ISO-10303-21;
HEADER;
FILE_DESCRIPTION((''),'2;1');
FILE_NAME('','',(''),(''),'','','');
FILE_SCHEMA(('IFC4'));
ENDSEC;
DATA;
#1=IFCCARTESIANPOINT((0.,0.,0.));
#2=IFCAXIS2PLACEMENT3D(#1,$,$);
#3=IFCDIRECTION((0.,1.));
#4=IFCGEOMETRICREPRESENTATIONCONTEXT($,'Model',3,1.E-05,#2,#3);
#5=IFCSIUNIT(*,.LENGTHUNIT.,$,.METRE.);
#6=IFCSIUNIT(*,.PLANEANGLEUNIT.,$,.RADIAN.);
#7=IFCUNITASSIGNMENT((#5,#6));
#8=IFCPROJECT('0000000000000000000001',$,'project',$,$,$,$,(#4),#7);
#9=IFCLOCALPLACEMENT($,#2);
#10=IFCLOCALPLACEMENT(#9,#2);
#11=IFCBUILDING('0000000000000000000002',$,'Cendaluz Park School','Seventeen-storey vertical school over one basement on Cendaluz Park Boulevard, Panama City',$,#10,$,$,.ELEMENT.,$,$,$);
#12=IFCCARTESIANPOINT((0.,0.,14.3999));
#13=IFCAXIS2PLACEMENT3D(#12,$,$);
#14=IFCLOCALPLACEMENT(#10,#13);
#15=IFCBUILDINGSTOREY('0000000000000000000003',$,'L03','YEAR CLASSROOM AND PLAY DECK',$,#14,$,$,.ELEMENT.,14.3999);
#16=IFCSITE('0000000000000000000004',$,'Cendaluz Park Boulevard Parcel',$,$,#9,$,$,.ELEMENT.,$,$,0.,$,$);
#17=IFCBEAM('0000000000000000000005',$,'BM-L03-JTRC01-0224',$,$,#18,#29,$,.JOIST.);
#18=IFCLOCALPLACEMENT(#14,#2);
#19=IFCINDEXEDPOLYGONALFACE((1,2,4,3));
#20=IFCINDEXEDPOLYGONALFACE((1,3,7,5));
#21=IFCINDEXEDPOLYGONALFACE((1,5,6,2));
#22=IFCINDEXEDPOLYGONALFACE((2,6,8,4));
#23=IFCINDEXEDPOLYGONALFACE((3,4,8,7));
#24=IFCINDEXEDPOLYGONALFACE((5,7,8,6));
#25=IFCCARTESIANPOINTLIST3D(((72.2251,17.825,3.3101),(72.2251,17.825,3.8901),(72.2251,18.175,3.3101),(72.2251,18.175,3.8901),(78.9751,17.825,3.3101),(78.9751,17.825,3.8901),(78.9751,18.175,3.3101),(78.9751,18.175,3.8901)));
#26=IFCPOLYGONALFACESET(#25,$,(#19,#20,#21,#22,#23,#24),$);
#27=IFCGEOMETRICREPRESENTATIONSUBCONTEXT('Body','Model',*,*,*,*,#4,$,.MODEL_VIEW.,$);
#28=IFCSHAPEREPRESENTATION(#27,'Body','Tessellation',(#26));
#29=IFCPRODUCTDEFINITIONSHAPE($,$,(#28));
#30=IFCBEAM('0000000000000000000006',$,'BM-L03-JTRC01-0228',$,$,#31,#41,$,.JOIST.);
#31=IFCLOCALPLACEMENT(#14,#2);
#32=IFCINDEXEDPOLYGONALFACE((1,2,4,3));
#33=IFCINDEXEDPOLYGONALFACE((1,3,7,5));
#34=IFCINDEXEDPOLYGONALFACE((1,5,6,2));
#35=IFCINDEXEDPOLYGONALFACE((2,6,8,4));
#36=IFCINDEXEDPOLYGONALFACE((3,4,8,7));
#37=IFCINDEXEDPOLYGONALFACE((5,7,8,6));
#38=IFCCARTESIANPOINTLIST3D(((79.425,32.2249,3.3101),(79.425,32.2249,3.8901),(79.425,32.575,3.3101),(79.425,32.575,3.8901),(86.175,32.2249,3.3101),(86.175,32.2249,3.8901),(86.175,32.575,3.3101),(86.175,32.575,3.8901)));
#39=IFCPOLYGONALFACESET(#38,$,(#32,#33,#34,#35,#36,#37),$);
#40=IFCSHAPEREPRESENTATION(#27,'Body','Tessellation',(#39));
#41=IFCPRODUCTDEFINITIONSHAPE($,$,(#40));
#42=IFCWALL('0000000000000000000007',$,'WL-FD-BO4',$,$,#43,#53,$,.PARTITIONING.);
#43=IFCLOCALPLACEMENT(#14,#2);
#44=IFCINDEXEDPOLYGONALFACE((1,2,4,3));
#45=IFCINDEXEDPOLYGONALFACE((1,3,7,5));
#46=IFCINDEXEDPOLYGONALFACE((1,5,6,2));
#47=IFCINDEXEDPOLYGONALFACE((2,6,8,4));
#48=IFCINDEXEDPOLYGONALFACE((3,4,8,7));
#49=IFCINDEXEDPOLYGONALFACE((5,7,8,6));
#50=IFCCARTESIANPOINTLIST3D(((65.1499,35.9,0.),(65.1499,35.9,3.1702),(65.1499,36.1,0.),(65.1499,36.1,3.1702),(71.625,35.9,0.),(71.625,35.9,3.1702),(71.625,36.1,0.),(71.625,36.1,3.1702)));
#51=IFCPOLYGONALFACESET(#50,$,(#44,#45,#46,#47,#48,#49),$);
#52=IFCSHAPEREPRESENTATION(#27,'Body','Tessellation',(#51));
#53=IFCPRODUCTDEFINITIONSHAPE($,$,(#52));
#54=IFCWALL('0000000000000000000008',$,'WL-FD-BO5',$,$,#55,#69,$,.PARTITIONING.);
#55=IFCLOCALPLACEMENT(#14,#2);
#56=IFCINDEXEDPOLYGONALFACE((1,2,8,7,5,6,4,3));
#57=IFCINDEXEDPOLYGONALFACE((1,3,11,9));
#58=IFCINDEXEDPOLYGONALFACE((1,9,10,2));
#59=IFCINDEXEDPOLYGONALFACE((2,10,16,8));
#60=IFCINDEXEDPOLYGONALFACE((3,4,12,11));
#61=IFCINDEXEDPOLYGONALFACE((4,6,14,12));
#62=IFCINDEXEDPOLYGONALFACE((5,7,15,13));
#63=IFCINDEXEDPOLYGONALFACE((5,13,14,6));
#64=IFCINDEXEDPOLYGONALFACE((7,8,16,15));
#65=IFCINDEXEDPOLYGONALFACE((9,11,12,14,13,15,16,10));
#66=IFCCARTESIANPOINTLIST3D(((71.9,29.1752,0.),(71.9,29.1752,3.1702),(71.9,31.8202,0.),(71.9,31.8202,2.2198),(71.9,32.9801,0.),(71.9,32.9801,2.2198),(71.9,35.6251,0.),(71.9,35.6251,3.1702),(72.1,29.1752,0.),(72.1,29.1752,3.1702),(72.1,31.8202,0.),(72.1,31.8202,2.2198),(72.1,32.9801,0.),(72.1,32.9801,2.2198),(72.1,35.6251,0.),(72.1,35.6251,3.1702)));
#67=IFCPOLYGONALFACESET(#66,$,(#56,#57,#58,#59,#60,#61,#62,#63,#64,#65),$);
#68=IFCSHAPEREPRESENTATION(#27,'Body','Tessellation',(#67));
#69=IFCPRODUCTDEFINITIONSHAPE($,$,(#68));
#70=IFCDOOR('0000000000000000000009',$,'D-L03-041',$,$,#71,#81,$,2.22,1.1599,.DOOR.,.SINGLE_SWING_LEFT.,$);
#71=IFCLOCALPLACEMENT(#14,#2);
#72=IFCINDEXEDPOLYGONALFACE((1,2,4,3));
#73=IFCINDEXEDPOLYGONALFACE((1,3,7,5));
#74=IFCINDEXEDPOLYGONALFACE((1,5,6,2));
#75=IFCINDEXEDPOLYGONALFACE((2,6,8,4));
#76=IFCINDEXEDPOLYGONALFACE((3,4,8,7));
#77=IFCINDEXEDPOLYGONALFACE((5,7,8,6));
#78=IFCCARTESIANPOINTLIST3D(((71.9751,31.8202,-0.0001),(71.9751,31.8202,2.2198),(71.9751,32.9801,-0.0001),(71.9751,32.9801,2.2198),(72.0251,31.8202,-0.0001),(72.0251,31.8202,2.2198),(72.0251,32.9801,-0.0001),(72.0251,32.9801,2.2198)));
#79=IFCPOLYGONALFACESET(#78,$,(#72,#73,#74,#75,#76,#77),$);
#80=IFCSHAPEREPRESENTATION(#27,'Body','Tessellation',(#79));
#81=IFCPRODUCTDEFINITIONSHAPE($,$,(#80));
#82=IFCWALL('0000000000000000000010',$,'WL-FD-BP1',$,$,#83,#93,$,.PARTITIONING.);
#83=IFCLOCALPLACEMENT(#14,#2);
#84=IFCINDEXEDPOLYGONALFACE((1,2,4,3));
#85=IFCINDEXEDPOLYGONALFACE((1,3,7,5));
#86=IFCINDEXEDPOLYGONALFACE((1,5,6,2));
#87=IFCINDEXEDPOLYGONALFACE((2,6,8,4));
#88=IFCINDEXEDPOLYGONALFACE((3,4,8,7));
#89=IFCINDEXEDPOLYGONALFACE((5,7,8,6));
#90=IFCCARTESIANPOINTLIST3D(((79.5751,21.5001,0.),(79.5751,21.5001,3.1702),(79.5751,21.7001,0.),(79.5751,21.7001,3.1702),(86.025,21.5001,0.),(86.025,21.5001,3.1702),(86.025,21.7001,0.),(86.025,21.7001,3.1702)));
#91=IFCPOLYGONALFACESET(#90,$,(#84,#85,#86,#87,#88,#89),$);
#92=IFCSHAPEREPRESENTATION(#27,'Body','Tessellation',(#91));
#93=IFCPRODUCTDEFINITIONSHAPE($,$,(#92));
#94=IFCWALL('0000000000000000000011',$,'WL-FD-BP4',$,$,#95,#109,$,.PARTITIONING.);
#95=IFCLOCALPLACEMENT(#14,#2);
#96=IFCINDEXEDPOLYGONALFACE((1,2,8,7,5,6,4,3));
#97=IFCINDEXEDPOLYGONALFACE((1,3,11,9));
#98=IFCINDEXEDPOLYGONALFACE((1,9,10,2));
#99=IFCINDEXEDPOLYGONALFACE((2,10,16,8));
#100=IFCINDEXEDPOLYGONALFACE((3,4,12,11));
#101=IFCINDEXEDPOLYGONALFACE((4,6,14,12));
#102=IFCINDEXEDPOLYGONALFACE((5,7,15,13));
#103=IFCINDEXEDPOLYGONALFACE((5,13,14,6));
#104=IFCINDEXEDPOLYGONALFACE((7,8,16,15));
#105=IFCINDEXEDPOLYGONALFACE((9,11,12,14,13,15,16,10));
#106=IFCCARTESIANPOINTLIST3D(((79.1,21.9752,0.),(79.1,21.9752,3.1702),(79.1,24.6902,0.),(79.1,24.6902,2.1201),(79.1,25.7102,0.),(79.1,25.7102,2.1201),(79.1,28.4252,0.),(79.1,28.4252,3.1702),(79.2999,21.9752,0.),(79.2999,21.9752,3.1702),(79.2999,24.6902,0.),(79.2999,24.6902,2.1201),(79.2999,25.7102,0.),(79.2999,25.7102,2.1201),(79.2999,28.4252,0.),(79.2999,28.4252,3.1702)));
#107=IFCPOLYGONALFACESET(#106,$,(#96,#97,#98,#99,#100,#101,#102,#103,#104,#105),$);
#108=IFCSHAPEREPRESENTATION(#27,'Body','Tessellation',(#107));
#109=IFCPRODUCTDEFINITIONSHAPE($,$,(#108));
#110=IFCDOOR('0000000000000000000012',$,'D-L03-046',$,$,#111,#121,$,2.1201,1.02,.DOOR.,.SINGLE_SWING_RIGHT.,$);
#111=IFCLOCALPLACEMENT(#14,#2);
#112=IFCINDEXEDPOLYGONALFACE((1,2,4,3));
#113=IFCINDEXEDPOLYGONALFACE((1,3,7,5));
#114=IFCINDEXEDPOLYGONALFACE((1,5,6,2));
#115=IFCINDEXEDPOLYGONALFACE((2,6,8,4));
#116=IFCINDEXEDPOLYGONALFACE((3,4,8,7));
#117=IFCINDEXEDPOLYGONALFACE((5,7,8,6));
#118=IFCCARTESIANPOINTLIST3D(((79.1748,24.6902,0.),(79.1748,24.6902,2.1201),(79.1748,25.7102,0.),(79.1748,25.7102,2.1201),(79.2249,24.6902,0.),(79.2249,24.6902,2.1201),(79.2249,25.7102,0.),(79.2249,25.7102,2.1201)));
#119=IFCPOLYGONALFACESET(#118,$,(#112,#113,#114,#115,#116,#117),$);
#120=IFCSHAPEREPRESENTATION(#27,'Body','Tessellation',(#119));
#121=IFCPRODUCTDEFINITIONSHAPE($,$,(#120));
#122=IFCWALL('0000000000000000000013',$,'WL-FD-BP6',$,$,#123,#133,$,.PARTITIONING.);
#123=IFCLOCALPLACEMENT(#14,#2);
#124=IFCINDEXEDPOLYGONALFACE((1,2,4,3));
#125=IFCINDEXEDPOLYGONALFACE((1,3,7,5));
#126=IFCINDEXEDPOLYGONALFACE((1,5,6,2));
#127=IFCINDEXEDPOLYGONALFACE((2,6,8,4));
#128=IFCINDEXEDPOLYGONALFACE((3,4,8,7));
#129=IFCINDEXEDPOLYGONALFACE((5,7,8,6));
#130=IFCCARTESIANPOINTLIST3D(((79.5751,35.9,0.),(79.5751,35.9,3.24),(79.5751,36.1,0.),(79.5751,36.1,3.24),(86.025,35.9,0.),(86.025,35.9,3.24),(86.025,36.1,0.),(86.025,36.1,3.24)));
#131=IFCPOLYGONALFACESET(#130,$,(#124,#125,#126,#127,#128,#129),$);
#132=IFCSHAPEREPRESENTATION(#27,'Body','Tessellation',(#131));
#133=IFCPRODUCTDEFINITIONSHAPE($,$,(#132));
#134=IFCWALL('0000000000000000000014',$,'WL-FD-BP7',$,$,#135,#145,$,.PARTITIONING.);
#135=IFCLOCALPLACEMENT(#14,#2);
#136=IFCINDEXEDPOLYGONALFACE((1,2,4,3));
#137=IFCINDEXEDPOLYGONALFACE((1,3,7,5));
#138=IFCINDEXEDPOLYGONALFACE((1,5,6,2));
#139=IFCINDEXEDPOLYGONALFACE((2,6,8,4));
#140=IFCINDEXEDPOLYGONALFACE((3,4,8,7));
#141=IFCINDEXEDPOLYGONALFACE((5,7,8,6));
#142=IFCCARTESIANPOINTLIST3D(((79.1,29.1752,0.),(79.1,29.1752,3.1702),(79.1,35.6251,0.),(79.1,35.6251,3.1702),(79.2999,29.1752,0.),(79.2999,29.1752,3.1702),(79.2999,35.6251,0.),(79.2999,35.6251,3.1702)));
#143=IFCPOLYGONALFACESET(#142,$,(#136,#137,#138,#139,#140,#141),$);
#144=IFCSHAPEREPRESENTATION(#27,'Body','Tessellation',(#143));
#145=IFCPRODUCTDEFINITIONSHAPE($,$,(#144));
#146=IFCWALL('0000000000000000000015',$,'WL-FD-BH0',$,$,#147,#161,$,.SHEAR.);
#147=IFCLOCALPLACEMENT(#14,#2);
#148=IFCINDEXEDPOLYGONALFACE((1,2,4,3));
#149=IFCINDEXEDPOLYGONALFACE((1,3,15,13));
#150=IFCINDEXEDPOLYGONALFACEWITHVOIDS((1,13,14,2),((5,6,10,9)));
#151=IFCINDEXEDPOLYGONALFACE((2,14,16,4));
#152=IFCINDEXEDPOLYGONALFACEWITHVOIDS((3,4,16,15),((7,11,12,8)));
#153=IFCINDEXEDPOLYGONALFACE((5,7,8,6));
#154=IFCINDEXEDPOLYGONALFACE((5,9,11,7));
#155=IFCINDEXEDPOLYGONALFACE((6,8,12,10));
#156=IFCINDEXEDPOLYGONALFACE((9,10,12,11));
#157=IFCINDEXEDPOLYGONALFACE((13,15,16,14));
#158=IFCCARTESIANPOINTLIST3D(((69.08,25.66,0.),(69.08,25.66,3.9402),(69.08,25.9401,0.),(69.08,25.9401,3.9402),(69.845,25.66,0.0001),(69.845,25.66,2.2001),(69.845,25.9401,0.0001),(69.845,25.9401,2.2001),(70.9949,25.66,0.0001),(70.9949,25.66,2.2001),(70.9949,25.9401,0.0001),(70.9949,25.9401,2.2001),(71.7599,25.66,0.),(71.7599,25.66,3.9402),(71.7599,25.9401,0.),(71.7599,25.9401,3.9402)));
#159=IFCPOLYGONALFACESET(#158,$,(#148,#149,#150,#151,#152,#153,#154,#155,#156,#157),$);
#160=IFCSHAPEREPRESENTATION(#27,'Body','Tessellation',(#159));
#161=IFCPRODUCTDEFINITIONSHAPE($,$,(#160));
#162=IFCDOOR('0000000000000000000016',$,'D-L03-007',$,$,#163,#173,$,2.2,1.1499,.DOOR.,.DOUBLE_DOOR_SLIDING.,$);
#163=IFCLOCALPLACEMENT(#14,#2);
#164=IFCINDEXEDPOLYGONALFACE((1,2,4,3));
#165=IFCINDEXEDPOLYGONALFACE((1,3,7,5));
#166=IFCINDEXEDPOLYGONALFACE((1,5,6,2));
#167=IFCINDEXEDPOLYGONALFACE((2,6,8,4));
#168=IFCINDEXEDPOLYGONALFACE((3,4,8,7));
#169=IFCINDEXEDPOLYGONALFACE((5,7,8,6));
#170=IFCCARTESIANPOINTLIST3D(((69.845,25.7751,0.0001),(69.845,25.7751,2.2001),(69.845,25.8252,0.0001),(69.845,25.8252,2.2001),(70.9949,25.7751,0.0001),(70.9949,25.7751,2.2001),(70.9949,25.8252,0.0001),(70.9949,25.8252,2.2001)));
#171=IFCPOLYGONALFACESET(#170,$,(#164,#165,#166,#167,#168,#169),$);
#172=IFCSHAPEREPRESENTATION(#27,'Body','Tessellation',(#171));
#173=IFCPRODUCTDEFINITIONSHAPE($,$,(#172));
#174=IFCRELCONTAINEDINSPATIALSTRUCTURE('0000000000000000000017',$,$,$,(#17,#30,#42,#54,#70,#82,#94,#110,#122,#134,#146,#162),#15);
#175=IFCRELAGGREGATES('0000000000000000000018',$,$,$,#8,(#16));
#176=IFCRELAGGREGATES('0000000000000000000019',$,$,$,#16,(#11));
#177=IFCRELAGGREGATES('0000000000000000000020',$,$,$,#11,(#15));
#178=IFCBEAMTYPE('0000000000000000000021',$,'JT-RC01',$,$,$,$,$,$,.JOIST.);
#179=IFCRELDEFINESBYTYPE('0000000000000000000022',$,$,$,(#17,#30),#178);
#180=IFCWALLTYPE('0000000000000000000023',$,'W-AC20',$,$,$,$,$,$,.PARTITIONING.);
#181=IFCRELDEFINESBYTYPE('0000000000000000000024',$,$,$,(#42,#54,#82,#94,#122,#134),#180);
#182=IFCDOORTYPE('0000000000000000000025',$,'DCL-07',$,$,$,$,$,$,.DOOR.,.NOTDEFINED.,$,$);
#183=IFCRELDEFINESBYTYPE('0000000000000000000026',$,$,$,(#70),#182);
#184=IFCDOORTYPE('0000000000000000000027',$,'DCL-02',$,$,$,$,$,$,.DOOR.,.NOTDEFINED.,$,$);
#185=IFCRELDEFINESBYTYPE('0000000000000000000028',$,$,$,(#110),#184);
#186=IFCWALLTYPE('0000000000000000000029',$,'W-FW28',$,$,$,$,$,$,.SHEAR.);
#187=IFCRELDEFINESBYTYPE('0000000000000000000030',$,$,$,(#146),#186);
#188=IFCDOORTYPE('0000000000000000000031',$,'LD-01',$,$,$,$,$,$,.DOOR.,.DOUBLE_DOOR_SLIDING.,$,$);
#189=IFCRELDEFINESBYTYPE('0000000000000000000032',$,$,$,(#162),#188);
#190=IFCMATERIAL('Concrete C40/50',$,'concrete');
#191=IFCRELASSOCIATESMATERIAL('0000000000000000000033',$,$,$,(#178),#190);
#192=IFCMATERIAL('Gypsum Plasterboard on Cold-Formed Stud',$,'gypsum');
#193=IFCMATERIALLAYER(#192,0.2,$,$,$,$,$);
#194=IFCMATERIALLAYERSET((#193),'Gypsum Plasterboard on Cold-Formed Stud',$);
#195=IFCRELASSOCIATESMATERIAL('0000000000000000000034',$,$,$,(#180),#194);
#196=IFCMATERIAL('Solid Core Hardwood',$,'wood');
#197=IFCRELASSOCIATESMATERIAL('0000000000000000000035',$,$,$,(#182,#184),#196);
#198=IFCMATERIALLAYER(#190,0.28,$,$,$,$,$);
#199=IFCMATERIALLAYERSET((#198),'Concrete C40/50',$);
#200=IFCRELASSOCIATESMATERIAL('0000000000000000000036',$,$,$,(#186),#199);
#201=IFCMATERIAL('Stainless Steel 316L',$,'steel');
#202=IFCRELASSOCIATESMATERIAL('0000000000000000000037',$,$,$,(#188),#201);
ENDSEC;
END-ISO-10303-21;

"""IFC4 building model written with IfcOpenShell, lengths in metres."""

from ifc_helpers import new_model, si_unit, direction, frame, frame_2d, origin, origin_2d, place, context, subcontext, project, spatial, rectangle, extrude, material, layer, layer_set, material_profile, profile_set, type_object, element, fill, save


model = new_model("IFC4")

# Units and contexts
model_context = context("Model", 3, precision=1e-05, world=origin(), true_north=direction((0.0, 1.0)))
body_context = subcontext(model_context, "Body", "Model", "MODEL_VIEW")
ifc_project = project(units=[si_unit("LENGTHUNIT", "METRE"), si_unit("PLANEANGLEUNIT", "RADIAN")], contexts=[model_context])

# Site, building, storey
site_placement = place(None, origin())
site = spatial("IfcSite", under=ifc_project, at=site_placement, Name="Cendaluz Park Boulevard Parcel", CompositionType="ELEMENT", RefElevation=0.0)
building_placement = place(site_placement, origin())
building = spatial("IfcBuilding", under=site, at=building_placement, Name="Cendaluz Park School", Description="Seventeen-storey vertical school over one basement on Cendaluz Park Boulevard, Panama City", CompositionType="ELEMENT")
storey_placement = place(building_placement, frame((0.0, 0.0, 14.3999)))
storey = spatial("IfcBuildingStorey", under=building, at=storey_placement, Name="L03", Description="YEAR CLASSROOM AND PLAY DECK", CompositionType="ELEMENT", Elevation=14.3999)

# Shared definitions
ifc_material_1 = material(Name="Concrete C40/50", Category="concrete")

# Beams
ifc_material_profile_1 = material_profile(ifc_material_1, rectangle(XDim=0.3501, YDim=0.5801, at=origin_2d()), Name="RC 350x580", Category="concrete")
ifc_profile_set_1 = profile_set([ifc_material_profile_1], Name="Concrete C40/50")
beam_type_1 = type_object("IfcBeamType", Name="JT-RC01", PredefinedType="JOIST", material=ifc_profile_set_1)
for number, where, z_axis, x_axis, name in (
    (1, (72.2251, 18.0, 3.6001), (1.0, 0.0, 0.0), (0.0, 1.0, 0.0), "BM-L03-JTRC01-0224"),
    (2, (79.425, 32.3999, 3.6001), (1.0, 0.0, 0.0), (0.0, 1.0, 0.0), "BM-L03-JTRC01-0228"),
):
    element("IfcBeam", number, at=place(storey_placement, frame(where, z_axis=z_axis, x_axis=x_axis)), inside=storey, type_object=beam_type_1, Name=name, PredefinedType="JOIST", context=body_context, shape_type="SweptSolid", body=[
        extrude(rectangle(XDim=0.3501, YDim=0.5801, at=origin_2d()), origin(), (0.0, 0.0, 1.0), 6.75),
    ])

# Wall
ifc_material_2 = material(Name="Gypsum Plasterboard on Cold-Formed Stud", Category="gypsum")
ifc_layer_1 = layer(ifc_material_2, 0.2)
ifc_layer_set_1 = layer_set([ifc_layer_1], Name="Gypsum Plasterboard on Cold-Formed Stud")
wall_type_1 = type_object("IfcWallType", Name="W-AC20", PredefinedType="PARTITIONING", material=ifc_layer_set_1)
wall_1_placement = place(storey_placement, frame((65.1499, 36.0, 0.0), z_axis=(0.0, 0.0, 1.0), x_axis=(1.0, 0.0, 0.0)))
element("IfcWall", 3, at=wall_1_placement, inside=storey, type_object=wall_type_1, Name="WL-FD-BO4", PredefinedType="PARTITIONING", context=body_context, shape_type="SweptSolid", body=[
    extrude(rectangle(XDim=6.4751, YDim=0.2, at=frame_2d((3.2375, 0.0))), origin(), (0.0, 0.0, 1.0), 3.1702),
])

# Wall, opening, door
wall_2_placement = place(storey_placement, frame((72.0, 29.175, 0.0), z_axis=(0.0, 0.0, 1.0), x_axis=(0.0, 1.0, 0.0)))
wall_2 = element("IfcWall", 4, at=wall_2_placement, inside=storey, type_object=wall_type_1, Name="WL-FD-BO5", PredefinedType="PARTITIONING", context=body_context, shape_type="SweptSolid", body=[
    extrude(rectangle(XDim=6.45, YDim=0.2, at=frame_2d((3.2251, 0.0))), origin(), (0.0, 0.0, 1.0), 3.1702),
])
opening_1_placement = place(wall_2_placement, frame((2.645, 0.0, 0.0)))
opening_1 = element("IfcOpeningElement", 5, at=opening_1_placement, cuts=wall_2, PredefinedType="OPENING", context=body_context, shape_type="SweptSolid", body=[
    extrude(rectangle(XDim=1.1599, YDim=2.22, at=frame_2d((0.5801, 1.1099))), frame((0.0, 0.1121, 0.0), z_axis=(0.0, -1.0, 0.0), x_axis=(1.0, 0.0, 0.0)), (0.0, 0.0, 1.0), 0.2239),
])
ifc_material_3 = material(Name="Solid Core Hardwood", Category="wood")
door_type_1 = type_object("IfcDoorType", Name="DCL-07", OperationType="NOTDEFINED", PredefinedType="DOOR", material=ifc_material_3)
door_1_placement = place(opening_1_placement, origin())
door_1 = element("IfcDoor", 6, at=door_1_placement, inside=storey, type_object=door_type_1, Name="D-L03-041", OperationType="SINGLE_SWING_LEFT", OverallHeight=2.22, OverallWidth=1.1599, PredefinedType="DOOR", context=body_context, shape_type="SweptSolid", body=[
    extrude(rectangle(XDim=1.1599, YDim=2.22, at=frame_2d((0.5801, 1.1099))), frame((0.0, 0.0249, 0.0), z_axis=(0.0, -1.0, 0.0), x_axis=(1.0, 0.0, 0.0)), (0.0, 0.0, 1.0), 0.05),
])
fill(opening_1, door_1)

# Wall
wall_3_placement = place(storey_placement, frame((79.575, 21.6001, 0.0), z_axis=(0.0, 0.0, 1.0), x_axis=(1.0, 0.0, 0.0)))
element("IfcWall", 7, at=wall_3_placement, inside=storey, type_object=wall_type_1, Name="WL-FD-BP1", PredefinedType="PARTITIONING", context=body_context, shape_type="SweptSolid", body=[
    extrude(rectangle(XDim=6.45, YDim=0.2, at=frame_2d((3.2251, 0.0))), origin(), (0.0, 0.0, 1.0), 3.1702),
])

# Wall, opening, door
wall_4_placement = place(storey_placement, frame((79.2, 21.9751, 0.0), z_axis=(0.0, 0.0, 1.0), x_axis=(0.0, 1.0, 0.0)))
wall_4 = element("IfcWall", 8, at=wall_4_placement, inside=storey, type_object=wall_type_1, Name="WL-FD-BP4", PredefinedType="PARTITIONING", context=body_context, shape_type="SweptSolid", body=[
    extrude(rectangle(XDim=6.45, YDim=0.2, at=frame_2d((3.2251, 0.0))), origin(), (0.0, 0.0, 1.0), 3.1702),
])
opening_2_placement = place(wall_4_placement, frame((2.7151, 0.0, 0.0)))
opening_2 = element("IfcOpeningElement", 9, at=opening_2_placement, cuts=wall_4, PredefinedType="OPENING", context=body_context, shape_type="SweptSolid", body=[
    extrude(rectangle(XDim=1.02, YDim=2.1201, at=frame_2d((0.51, 1.0601))), frame((0.0, 0.1121, 0.0), z_axis=(0.0, -1.0, 0.0), x_axis=(1.0, 0.0, 0.0)), (0.0, 0.0, 1.0), 0.2239),
])
door_type_2 = type_object("IfcDoorType", Name="DCL-02", OperationType="NOTDEFINED", PredefinedType="DOOR", material=ifc_material_3)
door_2_placement = place(opening_2_placement, frame((1.02, 0.0, 0.0), z_axis=(0.0, 0.0, 1.0), x_axis=(-1.0, 0.0, 0.0)))
door_2 = element("IfcDoor", 10, at=door_2_placement, inside=storey, type_object=door_type_2, Name="D-L03-046", OperationType="SINGLE_SWING_RIGHT", OverallHeight=2.1201, OverallWidth=1.02, PredefinedType="DOOR", context=body_context, shape_type="SweptSolid", body=[
    extrude(rectangle(XDim=1.02, YDim=2.1201, at=frame_2d((0.51, 1.0601))), frame((0.0, 0.0249, 0.0), z_axis=(0.0, -1.0, 0.0), x_axis=(1.0, 0.0, 0.0)), (0.0, 0.0, 1.0), 0.05),
])
fill(opening_2, door_2)

# Walls
wall_5_placement = place(storey_placement, frame((79.575, 36.0, 0.0), z_axis=(0.0, 0.0, 1.0), x_axis=(1.0, 0.0, 0.0)))
element("IfcWall", 11, at=wall_5_placement, inside=storey, type_object=wall_type_1, Name="WL-FD-BP6", PredefinedType="PARTITIONING", context=body_context, shape_type="SweptSolid", body=[
    extrude(rectangle(XDim=6.45, YDim=0.2, at=frame_2d((3.2251, 0.0))), origin(), (0.0, 0.0, 1.0), 3.24),
])
wall_6_placement = place(storey_placement, frame((79.2, 29.175, 0.0), z_axis=(0.0, 0.0, 1.0), x_axis=(0.0, 1.0, 0.0)))
element("IfcWall", 12, at=wall_6_placement, inside=storey, type_object=wall_type_1, Name="WL-FD-BP7", PredefinedType="PARTITIONING", context=body_context, shape_type="SweptSolid", body=[
    extrude(rectangle(XDim=6.45, YDim=0.2, at=frame_2d((3.2251, 0.0))), origin(), (0.0, 0.0, 1.0), 3.1702),
])

# Wall, opening, door
ifc_layer_2 = layer(ifc_material_1, 0.28)
ifc_layer_set_2 = layer_set([ifc_layer_2], Name="Concrete C40/50")
wall_type_2 = type_object("IfcWallType", Name="W-FW28", PredefinedType="SHEAR", material=ifc_layer_set_2)
wall_7_placement = place(storey_placement, frame((69.0801, 25.8, 0.0), z_axis=(0.0, 0.0, 1.0), x_axis=(1.0, 0.0, 0.0)))
wall_7 = element("IfcWall", 13, at=wall_7_placement, inside=storey, type_object=wall_type_2, Name="WL-FD-BH0", PredefinedType="SHEAR", context=body_context, shape_type="SweptSolid", body=[
    extrude(rectangle(XDim=2.6799, YDim=0.28, at=frame_2d((1.3398, 0.0))), origin(), (0.0, 0.0, 1.0), 3.9402),
])
opening_3_placement = place(wall_7_placement, frame((0.7649, 0.0, 0.0)))
opening_3 = element("IfcOpeningElement", 14, at=opening_3_placement, cuts=wall_7, PredefinedType="OPENING", context=body_context, shape_type="SweptSolid", body=[
    extrude(rectangle(XDim=1.1499, YDim=2.2, at=frame_2d((0.575, 1.1001))), frame((0.0, 0.1521, 0.0), z_axis=(0.0, -1.0, 0.0), x_axis=(1.0, 0.0, 0.0)), (0.0, 0.0, 1.0), 0.304),
])
ifc_material_4 = material(Name="Stainless Steel 316L", Category="steel")
door_type_3 = type_object("IfcDoorType", Name="LD-01", OperationType="DOUBLE_DOOR_SLIDING", PredefinedType="DOOR", material=ifc_material_4)
door_3_placement = place(opening_3_placement, frame((1.1499, 0.0, 0.0), z_axis=(0.0, 0.0, 1.0), x_axis=(-1.0, 0.0, 0.0)))
door_3 = element("IfcDoor", 15, at=door_3_placement, inside=storey, type_object=door_type_3, Name="D-L03-007", OperationType="DOUBLE_DOOR_SLIDING", OverallHeight=2.2, OverallWidth=1.1499, PredefinedType="DOOR", context=body_context, shape_type="SweptSolid", body=[
    extrude(rectangle(XDim=1.1499, YDim=2.2, at=frame_2d((0.575, 1.1001))), frame((0.0, 0.0249, 0.0), z_axis=(0.0, -1.0, 0.0), x_axis=(1.0, 0.0, 0.0)), (0.0, 0.0, 1.0), 0.05),
])
fill(opening_3, door_3)

save(model, "model.ifc")
